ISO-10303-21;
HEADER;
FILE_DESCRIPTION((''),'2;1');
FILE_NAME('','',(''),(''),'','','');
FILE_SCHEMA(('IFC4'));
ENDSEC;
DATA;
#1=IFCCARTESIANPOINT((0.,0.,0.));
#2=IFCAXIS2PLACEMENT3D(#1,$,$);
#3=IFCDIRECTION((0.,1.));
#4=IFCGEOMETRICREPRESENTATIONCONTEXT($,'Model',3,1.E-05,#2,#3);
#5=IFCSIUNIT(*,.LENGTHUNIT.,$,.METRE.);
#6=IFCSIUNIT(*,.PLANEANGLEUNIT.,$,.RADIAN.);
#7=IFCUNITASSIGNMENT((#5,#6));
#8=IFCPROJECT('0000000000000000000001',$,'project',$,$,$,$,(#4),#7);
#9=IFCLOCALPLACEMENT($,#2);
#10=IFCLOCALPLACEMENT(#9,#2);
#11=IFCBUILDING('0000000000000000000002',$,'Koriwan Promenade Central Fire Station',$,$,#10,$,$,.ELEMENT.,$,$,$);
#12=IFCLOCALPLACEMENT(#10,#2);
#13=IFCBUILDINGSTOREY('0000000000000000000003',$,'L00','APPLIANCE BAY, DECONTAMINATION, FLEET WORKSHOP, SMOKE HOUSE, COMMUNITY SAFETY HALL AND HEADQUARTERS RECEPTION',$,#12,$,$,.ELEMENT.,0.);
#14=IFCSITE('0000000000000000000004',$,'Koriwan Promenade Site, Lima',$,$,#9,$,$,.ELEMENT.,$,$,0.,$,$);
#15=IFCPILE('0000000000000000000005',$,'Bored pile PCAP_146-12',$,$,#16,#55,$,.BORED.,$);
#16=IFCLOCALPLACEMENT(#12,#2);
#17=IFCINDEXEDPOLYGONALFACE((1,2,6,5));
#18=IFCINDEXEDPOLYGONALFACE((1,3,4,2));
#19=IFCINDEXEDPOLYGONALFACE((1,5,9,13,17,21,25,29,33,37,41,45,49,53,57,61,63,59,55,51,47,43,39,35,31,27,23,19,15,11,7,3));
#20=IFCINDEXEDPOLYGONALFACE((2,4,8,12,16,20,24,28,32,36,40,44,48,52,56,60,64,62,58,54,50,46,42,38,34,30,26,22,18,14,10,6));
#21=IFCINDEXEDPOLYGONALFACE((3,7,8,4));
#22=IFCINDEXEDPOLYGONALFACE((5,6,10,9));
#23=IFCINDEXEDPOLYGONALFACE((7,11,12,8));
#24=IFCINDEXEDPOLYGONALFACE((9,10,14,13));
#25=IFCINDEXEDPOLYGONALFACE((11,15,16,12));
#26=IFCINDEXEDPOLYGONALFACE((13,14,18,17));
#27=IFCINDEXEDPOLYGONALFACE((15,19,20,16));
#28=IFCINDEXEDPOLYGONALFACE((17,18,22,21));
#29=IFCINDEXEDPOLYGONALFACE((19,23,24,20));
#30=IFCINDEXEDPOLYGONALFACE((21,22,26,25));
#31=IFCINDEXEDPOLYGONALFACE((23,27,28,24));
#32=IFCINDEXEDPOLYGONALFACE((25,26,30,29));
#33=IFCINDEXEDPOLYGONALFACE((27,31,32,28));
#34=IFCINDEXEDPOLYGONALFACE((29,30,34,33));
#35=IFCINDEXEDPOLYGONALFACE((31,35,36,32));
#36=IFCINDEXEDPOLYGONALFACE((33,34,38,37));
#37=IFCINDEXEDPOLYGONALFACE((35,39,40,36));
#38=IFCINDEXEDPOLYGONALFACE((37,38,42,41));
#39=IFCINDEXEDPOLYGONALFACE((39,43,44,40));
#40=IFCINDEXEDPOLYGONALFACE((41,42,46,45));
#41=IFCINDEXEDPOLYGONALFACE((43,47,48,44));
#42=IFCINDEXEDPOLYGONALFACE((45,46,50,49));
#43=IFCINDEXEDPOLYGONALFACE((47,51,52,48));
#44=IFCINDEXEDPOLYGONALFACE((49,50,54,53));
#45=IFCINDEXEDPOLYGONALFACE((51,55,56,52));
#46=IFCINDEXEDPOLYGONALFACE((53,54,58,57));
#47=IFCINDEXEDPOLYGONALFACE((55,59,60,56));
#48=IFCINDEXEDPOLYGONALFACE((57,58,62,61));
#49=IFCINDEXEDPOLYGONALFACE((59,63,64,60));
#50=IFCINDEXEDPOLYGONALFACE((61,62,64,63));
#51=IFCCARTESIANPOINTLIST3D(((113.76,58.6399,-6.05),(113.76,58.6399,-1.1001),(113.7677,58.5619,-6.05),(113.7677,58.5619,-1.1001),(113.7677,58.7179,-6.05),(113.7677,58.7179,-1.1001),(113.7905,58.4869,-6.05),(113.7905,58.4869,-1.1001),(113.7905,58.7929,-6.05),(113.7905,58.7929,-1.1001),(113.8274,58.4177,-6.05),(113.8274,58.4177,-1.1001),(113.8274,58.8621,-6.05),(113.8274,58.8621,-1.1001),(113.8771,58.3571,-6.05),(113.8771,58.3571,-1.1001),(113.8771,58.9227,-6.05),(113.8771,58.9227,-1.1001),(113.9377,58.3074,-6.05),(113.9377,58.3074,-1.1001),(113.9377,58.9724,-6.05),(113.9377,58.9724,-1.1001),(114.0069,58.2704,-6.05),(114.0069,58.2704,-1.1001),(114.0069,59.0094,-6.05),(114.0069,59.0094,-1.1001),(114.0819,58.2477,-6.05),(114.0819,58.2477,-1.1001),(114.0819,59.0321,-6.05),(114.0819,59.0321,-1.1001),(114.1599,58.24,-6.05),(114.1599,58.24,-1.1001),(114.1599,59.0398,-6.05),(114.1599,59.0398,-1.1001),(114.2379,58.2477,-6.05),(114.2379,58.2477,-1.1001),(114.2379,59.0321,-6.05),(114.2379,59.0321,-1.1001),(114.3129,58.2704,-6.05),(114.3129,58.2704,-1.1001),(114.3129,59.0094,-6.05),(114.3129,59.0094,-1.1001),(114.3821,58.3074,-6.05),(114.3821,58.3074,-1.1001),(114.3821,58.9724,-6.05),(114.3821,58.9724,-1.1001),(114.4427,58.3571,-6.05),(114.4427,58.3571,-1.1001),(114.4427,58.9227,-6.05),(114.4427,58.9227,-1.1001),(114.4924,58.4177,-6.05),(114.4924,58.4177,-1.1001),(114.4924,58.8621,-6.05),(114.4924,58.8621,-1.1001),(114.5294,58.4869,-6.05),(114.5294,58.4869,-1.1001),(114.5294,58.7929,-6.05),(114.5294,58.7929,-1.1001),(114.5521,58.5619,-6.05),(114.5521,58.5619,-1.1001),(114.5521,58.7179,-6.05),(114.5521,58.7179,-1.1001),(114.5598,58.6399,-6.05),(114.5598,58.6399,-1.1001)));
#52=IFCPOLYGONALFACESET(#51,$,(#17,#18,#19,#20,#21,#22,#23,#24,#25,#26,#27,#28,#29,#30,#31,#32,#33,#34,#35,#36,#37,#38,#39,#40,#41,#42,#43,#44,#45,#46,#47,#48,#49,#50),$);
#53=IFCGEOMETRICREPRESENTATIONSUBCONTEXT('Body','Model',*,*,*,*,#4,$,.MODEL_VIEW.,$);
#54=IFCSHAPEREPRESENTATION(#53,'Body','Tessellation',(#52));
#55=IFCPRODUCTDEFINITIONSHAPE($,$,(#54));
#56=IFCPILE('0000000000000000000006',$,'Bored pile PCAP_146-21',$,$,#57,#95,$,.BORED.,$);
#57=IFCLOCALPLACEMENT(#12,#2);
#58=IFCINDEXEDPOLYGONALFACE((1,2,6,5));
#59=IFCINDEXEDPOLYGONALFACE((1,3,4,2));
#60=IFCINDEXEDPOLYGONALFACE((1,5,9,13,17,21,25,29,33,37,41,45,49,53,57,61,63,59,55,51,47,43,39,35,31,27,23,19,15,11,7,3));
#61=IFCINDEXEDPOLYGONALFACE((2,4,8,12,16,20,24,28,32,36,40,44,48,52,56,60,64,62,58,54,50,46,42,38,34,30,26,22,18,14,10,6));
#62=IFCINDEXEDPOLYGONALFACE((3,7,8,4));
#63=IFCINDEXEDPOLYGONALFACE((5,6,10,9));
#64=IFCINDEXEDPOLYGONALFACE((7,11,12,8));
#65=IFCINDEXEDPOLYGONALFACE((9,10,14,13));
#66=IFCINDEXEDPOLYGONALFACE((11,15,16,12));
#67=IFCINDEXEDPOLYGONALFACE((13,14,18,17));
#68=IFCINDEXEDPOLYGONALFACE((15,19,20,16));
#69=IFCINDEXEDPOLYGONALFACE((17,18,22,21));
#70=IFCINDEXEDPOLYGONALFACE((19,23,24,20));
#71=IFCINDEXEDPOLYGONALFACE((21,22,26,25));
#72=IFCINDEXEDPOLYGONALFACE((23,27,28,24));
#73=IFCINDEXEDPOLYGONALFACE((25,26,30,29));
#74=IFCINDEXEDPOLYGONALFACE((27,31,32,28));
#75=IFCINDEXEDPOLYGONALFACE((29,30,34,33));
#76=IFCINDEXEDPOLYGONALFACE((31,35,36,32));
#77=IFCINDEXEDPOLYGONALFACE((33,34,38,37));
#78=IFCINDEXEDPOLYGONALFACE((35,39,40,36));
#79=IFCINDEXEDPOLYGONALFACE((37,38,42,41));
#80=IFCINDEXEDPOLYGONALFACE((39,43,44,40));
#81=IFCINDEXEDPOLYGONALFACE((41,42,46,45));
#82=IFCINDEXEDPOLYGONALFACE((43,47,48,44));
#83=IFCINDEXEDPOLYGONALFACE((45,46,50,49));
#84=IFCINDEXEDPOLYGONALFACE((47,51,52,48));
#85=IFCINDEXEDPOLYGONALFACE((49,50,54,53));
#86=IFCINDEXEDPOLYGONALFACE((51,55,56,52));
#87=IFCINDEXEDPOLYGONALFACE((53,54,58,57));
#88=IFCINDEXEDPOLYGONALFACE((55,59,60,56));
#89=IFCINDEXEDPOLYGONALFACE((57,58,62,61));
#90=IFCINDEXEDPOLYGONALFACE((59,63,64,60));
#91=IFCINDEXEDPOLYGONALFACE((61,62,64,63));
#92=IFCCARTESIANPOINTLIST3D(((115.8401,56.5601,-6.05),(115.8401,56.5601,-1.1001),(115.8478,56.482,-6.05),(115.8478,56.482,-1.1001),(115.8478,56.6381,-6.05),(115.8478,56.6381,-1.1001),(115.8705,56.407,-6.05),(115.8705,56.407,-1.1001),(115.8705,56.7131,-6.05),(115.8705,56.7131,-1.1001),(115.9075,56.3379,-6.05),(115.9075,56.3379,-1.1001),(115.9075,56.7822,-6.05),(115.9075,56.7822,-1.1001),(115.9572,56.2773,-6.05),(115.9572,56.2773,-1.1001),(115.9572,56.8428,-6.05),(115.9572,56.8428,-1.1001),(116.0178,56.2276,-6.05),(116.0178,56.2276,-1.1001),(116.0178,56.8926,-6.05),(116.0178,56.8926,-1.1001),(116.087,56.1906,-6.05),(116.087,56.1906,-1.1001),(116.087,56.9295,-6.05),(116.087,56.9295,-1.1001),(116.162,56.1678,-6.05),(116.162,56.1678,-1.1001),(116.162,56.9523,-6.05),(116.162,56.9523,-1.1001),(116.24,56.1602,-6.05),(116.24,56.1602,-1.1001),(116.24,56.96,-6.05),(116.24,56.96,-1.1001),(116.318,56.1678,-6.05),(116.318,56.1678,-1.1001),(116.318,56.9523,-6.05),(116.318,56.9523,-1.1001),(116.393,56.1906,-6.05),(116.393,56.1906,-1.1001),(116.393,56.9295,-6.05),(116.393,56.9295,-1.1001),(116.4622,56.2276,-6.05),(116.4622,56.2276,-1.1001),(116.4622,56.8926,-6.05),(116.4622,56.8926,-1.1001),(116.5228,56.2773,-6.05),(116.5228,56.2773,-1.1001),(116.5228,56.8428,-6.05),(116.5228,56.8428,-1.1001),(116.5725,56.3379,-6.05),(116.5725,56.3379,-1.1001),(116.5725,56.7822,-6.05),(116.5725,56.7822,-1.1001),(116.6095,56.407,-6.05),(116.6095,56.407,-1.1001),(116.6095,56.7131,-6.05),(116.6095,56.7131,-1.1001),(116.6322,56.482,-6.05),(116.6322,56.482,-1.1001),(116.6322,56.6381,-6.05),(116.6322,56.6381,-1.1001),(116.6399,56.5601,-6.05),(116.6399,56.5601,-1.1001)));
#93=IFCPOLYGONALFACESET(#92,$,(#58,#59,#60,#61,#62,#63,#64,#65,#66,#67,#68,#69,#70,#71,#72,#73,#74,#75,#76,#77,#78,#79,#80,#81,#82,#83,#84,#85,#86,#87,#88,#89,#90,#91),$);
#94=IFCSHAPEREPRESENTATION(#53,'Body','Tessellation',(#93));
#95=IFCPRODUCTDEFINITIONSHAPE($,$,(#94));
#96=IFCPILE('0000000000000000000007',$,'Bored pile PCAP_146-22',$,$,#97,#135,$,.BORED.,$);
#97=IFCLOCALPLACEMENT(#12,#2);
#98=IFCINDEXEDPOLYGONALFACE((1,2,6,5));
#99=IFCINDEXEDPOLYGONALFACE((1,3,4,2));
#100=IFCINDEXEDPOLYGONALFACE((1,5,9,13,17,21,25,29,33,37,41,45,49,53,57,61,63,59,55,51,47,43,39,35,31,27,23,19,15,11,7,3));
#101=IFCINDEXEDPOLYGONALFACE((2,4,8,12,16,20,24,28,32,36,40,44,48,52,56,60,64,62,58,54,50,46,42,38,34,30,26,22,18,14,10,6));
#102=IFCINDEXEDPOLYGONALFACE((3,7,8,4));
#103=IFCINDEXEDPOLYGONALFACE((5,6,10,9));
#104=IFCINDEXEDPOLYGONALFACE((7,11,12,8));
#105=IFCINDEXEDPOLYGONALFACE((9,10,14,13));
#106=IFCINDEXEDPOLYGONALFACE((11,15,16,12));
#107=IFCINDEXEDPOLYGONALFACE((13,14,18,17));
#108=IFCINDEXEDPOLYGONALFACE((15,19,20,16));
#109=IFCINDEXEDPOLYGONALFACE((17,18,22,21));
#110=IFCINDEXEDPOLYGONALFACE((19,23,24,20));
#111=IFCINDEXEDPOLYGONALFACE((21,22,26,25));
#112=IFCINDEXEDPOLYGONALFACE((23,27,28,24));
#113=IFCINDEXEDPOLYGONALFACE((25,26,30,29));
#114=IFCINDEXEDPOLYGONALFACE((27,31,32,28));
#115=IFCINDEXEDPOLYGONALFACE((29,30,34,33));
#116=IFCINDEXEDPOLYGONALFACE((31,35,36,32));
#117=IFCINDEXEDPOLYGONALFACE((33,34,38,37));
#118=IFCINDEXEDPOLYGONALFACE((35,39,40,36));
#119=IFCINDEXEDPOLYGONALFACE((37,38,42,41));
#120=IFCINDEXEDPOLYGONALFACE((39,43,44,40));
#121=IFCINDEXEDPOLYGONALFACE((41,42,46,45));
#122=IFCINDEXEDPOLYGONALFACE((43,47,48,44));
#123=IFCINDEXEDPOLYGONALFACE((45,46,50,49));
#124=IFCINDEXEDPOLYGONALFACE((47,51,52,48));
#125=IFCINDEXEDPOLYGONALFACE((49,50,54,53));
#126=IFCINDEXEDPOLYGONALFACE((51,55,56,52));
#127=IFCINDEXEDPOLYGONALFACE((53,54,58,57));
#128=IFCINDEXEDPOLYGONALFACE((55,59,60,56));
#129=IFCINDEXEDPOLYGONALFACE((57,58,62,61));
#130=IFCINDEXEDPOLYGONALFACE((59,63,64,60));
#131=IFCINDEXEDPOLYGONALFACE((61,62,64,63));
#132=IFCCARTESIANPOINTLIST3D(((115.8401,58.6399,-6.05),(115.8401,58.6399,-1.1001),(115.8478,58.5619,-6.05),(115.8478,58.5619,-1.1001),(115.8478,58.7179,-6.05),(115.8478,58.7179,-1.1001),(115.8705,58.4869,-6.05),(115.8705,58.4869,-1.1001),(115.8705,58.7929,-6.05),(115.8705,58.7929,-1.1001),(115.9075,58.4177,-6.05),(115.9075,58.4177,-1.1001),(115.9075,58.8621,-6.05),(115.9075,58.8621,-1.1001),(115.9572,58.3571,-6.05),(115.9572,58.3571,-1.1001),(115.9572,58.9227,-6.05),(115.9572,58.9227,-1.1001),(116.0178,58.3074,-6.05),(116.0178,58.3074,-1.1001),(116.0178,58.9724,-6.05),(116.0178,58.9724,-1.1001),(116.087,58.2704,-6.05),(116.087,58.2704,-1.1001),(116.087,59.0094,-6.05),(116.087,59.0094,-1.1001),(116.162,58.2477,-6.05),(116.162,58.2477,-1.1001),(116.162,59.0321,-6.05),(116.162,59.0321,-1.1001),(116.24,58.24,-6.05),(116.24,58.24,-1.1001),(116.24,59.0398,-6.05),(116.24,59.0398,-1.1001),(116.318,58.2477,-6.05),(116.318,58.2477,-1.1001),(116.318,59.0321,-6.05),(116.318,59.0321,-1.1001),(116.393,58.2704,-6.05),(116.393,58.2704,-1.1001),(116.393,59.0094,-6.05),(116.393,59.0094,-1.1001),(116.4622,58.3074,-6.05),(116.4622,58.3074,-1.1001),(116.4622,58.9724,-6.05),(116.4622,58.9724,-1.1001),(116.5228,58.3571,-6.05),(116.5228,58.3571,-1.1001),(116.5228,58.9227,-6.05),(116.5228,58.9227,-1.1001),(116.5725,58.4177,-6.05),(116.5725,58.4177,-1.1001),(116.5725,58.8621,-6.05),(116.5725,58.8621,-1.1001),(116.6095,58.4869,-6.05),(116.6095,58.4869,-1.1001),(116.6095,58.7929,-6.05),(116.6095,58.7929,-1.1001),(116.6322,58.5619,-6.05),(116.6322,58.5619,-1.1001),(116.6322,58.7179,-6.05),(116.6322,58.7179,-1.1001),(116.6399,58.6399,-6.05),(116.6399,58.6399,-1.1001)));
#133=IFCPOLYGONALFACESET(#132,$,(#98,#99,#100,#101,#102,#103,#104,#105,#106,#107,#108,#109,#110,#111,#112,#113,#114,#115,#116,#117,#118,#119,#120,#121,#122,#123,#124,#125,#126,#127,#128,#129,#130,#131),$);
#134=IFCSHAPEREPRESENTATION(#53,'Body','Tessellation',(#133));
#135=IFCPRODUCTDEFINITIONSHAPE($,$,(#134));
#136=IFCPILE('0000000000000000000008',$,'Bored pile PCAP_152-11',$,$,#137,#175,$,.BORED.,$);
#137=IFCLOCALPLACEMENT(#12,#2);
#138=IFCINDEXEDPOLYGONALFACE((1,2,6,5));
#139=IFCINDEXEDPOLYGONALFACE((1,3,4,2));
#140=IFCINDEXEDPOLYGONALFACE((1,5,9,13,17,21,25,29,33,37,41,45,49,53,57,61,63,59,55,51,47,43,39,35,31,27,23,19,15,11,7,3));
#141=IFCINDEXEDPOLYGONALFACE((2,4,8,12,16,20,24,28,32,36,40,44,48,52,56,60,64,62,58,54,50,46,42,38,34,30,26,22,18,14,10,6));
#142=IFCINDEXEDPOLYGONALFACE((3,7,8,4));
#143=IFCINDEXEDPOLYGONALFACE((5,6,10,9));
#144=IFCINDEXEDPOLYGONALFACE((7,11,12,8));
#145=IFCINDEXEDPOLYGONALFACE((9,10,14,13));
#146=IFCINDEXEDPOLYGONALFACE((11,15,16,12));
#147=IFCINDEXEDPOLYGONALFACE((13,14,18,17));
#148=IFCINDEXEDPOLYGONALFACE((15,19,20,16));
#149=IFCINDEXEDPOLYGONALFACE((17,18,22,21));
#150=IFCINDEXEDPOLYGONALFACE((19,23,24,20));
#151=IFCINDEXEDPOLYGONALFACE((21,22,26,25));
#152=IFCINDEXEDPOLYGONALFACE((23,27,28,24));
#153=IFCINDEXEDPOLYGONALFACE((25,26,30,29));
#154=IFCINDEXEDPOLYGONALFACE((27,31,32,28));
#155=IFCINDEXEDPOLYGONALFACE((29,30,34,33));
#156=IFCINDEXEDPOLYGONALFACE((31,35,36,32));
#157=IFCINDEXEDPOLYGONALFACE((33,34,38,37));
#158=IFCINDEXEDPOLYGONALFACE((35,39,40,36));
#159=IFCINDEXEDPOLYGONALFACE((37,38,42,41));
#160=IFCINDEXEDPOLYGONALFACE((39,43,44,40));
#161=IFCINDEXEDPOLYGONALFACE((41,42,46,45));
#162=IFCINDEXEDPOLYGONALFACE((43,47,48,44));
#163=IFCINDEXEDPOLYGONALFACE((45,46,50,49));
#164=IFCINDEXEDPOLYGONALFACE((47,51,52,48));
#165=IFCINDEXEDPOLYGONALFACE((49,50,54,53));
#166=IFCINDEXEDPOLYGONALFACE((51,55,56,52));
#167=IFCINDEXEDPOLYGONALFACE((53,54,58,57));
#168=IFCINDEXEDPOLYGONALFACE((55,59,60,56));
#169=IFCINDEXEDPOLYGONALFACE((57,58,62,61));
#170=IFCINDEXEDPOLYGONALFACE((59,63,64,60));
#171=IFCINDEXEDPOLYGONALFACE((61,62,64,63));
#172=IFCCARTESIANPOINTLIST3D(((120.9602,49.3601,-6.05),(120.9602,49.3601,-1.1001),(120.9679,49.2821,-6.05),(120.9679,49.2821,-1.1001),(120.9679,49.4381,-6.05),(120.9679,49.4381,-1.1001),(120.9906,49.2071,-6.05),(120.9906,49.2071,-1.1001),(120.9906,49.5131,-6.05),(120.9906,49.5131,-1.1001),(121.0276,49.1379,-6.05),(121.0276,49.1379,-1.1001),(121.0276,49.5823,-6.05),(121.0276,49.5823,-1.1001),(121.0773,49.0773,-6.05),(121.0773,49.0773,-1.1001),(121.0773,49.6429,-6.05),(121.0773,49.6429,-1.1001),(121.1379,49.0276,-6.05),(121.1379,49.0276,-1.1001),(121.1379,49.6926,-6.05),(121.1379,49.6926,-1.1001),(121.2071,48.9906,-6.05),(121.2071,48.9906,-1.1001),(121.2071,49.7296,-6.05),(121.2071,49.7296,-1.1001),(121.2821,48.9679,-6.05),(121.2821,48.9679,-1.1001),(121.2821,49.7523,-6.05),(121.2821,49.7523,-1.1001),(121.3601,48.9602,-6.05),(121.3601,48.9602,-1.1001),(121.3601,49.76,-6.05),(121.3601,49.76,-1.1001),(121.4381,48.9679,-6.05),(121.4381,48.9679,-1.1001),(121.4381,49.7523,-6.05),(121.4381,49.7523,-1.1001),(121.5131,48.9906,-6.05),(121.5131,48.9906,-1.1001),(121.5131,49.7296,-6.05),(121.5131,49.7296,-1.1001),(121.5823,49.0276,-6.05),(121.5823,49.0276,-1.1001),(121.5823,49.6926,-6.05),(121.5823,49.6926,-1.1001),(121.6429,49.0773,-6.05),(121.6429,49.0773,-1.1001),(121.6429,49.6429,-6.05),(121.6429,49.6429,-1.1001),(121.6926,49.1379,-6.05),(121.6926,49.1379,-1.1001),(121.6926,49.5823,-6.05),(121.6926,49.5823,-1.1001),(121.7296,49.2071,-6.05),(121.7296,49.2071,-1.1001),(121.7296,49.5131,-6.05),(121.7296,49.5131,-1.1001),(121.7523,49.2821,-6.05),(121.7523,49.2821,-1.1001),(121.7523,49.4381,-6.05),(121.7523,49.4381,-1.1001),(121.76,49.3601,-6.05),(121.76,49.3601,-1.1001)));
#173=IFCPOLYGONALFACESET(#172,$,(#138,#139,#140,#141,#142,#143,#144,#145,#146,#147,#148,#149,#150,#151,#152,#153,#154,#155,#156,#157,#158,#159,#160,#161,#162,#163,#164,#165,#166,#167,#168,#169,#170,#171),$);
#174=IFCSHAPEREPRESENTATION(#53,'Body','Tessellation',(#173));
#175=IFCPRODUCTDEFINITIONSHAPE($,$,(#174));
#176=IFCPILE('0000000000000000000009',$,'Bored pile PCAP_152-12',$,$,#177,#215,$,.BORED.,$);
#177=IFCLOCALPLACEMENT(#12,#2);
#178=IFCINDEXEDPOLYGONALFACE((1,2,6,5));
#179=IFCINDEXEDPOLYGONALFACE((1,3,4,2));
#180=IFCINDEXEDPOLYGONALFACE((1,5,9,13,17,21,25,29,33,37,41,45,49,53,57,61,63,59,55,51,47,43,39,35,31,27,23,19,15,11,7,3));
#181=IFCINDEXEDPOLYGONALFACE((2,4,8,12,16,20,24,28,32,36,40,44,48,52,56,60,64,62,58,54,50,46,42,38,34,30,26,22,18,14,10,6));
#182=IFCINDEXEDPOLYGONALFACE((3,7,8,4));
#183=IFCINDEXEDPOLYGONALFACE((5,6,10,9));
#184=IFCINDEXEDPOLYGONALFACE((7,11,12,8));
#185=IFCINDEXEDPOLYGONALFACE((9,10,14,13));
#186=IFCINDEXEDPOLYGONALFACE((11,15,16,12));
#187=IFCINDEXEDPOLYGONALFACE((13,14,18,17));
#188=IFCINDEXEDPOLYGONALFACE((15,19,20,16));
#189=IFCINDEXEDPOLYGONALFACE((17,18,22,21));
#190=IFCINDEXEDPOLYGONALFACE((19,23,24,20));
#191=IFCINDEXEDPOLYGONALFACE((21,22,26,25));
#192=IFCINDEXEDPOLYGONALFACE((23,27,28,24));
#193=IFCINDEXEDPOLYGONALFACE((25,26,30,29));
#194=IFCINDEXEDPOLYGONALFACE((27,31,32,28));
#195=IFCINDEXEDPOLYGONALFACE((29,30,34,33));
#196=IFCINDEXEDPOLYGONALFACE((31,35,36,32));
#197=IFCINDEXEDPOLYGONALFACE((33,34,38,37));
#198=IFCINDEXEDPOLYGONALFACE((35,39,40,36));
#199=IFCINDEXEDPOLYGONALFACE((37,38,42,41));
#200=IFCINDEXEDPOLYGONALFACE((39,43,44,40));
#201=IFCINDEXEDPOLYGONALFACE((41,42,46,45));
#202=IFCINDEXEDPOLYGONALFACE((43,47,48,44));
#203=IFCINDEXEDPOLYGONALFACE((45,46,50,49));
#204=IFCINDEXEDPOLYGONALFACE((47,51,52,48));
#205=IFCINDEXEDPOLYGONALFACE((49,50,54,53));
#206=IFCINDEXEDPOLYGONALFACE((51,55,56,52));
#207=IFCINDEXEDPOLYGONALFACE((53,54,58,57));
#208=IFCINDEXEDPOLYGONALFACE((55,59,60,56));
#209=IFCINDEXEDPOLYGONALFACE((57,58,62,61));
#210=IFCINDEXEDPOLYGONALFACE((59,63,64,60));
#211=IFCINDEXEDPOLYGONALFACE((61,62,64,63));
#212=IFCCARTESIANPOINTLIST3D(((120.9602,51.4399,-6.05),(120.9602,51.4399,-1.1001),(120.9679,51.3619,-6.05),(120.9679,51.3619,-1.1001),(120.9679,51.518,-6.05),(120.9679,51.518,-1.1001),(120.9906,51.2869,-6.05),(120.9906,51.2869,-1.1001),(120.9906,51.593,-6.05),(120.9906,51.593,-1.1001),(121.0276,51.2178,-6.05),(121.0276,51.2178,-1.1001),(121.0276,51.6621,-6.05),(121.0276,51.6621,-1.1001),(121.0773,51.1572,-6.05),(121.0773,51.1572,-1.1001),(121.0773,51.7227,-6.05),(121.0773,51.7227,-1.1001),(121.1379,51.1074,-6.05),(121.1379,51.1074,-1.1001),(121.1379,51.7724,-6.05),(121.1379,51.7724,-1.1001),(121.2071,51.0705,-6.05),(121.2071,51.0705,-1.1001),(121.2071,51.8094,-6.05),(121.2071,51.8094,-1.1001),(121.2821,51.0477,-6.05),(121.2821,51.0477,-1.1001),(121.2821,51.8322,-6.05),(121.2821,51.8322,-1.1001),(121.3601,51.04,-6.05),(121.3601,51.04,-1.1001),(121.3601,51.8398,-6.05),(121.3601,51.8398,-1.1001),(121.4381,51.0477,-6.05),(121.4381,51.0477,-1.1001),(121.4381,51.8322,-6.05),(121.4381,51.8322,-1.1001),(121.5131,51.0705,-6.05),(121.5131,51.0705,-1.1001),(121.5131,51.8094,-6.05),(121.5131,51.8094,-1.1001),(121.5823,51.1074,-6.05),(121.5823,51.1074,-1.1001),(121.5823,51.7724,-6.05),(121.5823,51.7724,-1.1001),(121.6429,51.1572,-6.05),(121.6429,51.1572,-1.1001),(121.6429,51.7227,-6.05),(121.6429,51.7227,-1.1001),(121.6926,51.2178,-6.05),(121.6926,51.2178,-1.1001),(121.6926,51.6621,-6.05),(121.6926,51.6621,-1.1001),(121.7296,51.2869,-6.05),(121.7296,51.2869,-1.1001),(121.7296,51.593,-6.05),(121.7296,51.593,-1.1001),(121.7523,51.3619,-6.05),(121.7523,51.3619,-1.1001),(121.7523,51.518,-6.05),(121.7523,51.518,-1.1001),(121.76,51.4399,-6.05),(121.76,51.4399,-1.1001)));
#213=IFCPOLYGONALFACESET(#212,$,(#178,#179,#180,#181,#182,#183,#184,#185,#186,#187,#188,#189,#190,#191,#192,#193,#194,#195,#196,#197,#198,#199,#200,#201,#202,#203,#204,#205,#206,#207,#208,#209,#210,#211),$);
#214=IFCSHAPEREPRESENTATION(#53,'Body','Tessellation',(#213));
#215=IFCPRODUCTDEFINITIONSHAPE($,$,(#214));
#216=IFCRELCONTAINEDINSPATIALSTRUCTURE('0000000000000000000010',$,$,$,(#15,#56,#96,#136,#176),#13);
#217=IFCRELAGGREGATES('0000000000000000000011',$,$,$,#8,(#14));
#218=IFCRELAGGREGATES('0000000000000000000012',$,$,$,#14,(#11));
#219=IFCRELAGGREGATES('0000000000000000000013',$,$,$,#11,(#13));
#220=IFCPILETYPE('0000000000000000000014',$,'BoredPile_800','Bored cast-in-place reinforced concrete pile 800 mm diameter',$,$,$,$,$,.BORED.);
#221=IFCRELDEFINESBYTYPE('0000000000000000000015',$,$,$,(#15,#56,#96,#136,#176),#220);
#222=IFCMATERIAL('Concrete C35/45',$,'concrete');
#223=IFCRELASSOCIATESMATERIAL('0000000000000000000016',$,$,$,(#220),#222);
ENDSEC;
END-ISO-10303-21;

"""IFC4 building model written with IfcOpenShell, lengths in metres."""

from ifc_helpers import new_model, si_unit, direction, frame, origin, origin_2d, place, context, subcontext, project, spatial, circle, extrude, material, material_profile, profile_set, type_object, element, save


model = new_model("IFC4")

# Units and contexts
model_context = context("Model", 3, precision=1e-05, world=origin(), true_north=direction((0.0, 1.0)))
body_context = subcontext(model_context, "Body", "Model", "MODEL_VIEW")
ifc_project = project(units=[si_unit("LENGTHUNIT", "METRE"), si_unit("PLANEANGLEUNIT", "RADIAN")], contexts=[model_context])

# Site, building, storey
site_placement = place(None, origin())
site = spatial("IfcSite", under=ifc_project, at=site_placement, Name="Koriwan Promenade Site, Lima", CompositionType="ELEMENT", RefElevation=0.0)
building_placement = place(site_placement, origin())
building = spatial("IfcBuilding", under=site, at=building_placement, Name="Koriwan Promenade Central Fire Station", CompositionType="ELEMENT")
storey_placement = place(building_placement, origin())
storey = spatial("IfcBuildingStorey", under=building, at=storey_placement, Name="L00", Description="APPLIANCE BAY, DECONTAMINATION, FLEET WORKSHOP, SMOKE HOUSE, COMMUNITY SAFETY HALL AND HEADQUARTERS RECEPTION", CompositionType="ELEMENT", Elevation=0.0)

# Piles
ifc_material_1 = material(Name="Concrete C35/45", Category="concrete")
ifc_material_profile_1 = material_profile(ifc_material_1, circle(Radius=0.3999, at=origin_2d()), Name="PILE-D800")
ifc_profile_set_1 = profile_set([ifc_material_profile_1], Name="Concrete C35/45")
pile_type_1 = type_object("IfcPileType", Name="BoredPile_800", Description="Bored cast-in-place reinforced concrete pile 800 mm diameter", PredefinedType="BORED", material=ifc_profile_set_1)
for number, where, z_axis, x_axis, name in (
    (1, (114.1599, 58.6399, -1.1001), (0.0, 0.0, -1.0), (1.0, 0.0, 0.0), "Bored pile PCAP_146-12"),
    (2, (116.24, 56.5601, -1.1001), (0.0, 0.0, -1.0), (1.0, 0.0, 0.0), "Bored pile PCAP_146-21"),
    (3, (116.24, 58.6399, -1.1001), (0.0, 0.0, -1.0), (1.0, 0.0, 0.0), "Bored pile PCAP_146-22"),
    (4, (121.3601, 49.3601, -1.1001), (0.0, 0.0, -1.0), (1.0, 0.0, 0.0), "Bored pile PCAP_152-11"),
    (5, (121.3601, 51.4399, -1.1001), (0.0, 0.0, -1.0), (1.0, 0.0, 0.0), "Bored pile PCAP_152-12"),
):
    element("IfcPile", number, at=place(storey_placement, frame(where, z_axis=z_axis, x_axis=x_axis)), inside=storey, type_object=pile_type_1, Name=name, PredefinedType="BORED", context=body_context, shape_type="SweptSolid", body=[
        extrude(circle(Radius=0.3999, at=origin_2d()), origin(), (0.0, 0.0, 1.0), 4.95),
    ])

save(model, "model.ifc")
